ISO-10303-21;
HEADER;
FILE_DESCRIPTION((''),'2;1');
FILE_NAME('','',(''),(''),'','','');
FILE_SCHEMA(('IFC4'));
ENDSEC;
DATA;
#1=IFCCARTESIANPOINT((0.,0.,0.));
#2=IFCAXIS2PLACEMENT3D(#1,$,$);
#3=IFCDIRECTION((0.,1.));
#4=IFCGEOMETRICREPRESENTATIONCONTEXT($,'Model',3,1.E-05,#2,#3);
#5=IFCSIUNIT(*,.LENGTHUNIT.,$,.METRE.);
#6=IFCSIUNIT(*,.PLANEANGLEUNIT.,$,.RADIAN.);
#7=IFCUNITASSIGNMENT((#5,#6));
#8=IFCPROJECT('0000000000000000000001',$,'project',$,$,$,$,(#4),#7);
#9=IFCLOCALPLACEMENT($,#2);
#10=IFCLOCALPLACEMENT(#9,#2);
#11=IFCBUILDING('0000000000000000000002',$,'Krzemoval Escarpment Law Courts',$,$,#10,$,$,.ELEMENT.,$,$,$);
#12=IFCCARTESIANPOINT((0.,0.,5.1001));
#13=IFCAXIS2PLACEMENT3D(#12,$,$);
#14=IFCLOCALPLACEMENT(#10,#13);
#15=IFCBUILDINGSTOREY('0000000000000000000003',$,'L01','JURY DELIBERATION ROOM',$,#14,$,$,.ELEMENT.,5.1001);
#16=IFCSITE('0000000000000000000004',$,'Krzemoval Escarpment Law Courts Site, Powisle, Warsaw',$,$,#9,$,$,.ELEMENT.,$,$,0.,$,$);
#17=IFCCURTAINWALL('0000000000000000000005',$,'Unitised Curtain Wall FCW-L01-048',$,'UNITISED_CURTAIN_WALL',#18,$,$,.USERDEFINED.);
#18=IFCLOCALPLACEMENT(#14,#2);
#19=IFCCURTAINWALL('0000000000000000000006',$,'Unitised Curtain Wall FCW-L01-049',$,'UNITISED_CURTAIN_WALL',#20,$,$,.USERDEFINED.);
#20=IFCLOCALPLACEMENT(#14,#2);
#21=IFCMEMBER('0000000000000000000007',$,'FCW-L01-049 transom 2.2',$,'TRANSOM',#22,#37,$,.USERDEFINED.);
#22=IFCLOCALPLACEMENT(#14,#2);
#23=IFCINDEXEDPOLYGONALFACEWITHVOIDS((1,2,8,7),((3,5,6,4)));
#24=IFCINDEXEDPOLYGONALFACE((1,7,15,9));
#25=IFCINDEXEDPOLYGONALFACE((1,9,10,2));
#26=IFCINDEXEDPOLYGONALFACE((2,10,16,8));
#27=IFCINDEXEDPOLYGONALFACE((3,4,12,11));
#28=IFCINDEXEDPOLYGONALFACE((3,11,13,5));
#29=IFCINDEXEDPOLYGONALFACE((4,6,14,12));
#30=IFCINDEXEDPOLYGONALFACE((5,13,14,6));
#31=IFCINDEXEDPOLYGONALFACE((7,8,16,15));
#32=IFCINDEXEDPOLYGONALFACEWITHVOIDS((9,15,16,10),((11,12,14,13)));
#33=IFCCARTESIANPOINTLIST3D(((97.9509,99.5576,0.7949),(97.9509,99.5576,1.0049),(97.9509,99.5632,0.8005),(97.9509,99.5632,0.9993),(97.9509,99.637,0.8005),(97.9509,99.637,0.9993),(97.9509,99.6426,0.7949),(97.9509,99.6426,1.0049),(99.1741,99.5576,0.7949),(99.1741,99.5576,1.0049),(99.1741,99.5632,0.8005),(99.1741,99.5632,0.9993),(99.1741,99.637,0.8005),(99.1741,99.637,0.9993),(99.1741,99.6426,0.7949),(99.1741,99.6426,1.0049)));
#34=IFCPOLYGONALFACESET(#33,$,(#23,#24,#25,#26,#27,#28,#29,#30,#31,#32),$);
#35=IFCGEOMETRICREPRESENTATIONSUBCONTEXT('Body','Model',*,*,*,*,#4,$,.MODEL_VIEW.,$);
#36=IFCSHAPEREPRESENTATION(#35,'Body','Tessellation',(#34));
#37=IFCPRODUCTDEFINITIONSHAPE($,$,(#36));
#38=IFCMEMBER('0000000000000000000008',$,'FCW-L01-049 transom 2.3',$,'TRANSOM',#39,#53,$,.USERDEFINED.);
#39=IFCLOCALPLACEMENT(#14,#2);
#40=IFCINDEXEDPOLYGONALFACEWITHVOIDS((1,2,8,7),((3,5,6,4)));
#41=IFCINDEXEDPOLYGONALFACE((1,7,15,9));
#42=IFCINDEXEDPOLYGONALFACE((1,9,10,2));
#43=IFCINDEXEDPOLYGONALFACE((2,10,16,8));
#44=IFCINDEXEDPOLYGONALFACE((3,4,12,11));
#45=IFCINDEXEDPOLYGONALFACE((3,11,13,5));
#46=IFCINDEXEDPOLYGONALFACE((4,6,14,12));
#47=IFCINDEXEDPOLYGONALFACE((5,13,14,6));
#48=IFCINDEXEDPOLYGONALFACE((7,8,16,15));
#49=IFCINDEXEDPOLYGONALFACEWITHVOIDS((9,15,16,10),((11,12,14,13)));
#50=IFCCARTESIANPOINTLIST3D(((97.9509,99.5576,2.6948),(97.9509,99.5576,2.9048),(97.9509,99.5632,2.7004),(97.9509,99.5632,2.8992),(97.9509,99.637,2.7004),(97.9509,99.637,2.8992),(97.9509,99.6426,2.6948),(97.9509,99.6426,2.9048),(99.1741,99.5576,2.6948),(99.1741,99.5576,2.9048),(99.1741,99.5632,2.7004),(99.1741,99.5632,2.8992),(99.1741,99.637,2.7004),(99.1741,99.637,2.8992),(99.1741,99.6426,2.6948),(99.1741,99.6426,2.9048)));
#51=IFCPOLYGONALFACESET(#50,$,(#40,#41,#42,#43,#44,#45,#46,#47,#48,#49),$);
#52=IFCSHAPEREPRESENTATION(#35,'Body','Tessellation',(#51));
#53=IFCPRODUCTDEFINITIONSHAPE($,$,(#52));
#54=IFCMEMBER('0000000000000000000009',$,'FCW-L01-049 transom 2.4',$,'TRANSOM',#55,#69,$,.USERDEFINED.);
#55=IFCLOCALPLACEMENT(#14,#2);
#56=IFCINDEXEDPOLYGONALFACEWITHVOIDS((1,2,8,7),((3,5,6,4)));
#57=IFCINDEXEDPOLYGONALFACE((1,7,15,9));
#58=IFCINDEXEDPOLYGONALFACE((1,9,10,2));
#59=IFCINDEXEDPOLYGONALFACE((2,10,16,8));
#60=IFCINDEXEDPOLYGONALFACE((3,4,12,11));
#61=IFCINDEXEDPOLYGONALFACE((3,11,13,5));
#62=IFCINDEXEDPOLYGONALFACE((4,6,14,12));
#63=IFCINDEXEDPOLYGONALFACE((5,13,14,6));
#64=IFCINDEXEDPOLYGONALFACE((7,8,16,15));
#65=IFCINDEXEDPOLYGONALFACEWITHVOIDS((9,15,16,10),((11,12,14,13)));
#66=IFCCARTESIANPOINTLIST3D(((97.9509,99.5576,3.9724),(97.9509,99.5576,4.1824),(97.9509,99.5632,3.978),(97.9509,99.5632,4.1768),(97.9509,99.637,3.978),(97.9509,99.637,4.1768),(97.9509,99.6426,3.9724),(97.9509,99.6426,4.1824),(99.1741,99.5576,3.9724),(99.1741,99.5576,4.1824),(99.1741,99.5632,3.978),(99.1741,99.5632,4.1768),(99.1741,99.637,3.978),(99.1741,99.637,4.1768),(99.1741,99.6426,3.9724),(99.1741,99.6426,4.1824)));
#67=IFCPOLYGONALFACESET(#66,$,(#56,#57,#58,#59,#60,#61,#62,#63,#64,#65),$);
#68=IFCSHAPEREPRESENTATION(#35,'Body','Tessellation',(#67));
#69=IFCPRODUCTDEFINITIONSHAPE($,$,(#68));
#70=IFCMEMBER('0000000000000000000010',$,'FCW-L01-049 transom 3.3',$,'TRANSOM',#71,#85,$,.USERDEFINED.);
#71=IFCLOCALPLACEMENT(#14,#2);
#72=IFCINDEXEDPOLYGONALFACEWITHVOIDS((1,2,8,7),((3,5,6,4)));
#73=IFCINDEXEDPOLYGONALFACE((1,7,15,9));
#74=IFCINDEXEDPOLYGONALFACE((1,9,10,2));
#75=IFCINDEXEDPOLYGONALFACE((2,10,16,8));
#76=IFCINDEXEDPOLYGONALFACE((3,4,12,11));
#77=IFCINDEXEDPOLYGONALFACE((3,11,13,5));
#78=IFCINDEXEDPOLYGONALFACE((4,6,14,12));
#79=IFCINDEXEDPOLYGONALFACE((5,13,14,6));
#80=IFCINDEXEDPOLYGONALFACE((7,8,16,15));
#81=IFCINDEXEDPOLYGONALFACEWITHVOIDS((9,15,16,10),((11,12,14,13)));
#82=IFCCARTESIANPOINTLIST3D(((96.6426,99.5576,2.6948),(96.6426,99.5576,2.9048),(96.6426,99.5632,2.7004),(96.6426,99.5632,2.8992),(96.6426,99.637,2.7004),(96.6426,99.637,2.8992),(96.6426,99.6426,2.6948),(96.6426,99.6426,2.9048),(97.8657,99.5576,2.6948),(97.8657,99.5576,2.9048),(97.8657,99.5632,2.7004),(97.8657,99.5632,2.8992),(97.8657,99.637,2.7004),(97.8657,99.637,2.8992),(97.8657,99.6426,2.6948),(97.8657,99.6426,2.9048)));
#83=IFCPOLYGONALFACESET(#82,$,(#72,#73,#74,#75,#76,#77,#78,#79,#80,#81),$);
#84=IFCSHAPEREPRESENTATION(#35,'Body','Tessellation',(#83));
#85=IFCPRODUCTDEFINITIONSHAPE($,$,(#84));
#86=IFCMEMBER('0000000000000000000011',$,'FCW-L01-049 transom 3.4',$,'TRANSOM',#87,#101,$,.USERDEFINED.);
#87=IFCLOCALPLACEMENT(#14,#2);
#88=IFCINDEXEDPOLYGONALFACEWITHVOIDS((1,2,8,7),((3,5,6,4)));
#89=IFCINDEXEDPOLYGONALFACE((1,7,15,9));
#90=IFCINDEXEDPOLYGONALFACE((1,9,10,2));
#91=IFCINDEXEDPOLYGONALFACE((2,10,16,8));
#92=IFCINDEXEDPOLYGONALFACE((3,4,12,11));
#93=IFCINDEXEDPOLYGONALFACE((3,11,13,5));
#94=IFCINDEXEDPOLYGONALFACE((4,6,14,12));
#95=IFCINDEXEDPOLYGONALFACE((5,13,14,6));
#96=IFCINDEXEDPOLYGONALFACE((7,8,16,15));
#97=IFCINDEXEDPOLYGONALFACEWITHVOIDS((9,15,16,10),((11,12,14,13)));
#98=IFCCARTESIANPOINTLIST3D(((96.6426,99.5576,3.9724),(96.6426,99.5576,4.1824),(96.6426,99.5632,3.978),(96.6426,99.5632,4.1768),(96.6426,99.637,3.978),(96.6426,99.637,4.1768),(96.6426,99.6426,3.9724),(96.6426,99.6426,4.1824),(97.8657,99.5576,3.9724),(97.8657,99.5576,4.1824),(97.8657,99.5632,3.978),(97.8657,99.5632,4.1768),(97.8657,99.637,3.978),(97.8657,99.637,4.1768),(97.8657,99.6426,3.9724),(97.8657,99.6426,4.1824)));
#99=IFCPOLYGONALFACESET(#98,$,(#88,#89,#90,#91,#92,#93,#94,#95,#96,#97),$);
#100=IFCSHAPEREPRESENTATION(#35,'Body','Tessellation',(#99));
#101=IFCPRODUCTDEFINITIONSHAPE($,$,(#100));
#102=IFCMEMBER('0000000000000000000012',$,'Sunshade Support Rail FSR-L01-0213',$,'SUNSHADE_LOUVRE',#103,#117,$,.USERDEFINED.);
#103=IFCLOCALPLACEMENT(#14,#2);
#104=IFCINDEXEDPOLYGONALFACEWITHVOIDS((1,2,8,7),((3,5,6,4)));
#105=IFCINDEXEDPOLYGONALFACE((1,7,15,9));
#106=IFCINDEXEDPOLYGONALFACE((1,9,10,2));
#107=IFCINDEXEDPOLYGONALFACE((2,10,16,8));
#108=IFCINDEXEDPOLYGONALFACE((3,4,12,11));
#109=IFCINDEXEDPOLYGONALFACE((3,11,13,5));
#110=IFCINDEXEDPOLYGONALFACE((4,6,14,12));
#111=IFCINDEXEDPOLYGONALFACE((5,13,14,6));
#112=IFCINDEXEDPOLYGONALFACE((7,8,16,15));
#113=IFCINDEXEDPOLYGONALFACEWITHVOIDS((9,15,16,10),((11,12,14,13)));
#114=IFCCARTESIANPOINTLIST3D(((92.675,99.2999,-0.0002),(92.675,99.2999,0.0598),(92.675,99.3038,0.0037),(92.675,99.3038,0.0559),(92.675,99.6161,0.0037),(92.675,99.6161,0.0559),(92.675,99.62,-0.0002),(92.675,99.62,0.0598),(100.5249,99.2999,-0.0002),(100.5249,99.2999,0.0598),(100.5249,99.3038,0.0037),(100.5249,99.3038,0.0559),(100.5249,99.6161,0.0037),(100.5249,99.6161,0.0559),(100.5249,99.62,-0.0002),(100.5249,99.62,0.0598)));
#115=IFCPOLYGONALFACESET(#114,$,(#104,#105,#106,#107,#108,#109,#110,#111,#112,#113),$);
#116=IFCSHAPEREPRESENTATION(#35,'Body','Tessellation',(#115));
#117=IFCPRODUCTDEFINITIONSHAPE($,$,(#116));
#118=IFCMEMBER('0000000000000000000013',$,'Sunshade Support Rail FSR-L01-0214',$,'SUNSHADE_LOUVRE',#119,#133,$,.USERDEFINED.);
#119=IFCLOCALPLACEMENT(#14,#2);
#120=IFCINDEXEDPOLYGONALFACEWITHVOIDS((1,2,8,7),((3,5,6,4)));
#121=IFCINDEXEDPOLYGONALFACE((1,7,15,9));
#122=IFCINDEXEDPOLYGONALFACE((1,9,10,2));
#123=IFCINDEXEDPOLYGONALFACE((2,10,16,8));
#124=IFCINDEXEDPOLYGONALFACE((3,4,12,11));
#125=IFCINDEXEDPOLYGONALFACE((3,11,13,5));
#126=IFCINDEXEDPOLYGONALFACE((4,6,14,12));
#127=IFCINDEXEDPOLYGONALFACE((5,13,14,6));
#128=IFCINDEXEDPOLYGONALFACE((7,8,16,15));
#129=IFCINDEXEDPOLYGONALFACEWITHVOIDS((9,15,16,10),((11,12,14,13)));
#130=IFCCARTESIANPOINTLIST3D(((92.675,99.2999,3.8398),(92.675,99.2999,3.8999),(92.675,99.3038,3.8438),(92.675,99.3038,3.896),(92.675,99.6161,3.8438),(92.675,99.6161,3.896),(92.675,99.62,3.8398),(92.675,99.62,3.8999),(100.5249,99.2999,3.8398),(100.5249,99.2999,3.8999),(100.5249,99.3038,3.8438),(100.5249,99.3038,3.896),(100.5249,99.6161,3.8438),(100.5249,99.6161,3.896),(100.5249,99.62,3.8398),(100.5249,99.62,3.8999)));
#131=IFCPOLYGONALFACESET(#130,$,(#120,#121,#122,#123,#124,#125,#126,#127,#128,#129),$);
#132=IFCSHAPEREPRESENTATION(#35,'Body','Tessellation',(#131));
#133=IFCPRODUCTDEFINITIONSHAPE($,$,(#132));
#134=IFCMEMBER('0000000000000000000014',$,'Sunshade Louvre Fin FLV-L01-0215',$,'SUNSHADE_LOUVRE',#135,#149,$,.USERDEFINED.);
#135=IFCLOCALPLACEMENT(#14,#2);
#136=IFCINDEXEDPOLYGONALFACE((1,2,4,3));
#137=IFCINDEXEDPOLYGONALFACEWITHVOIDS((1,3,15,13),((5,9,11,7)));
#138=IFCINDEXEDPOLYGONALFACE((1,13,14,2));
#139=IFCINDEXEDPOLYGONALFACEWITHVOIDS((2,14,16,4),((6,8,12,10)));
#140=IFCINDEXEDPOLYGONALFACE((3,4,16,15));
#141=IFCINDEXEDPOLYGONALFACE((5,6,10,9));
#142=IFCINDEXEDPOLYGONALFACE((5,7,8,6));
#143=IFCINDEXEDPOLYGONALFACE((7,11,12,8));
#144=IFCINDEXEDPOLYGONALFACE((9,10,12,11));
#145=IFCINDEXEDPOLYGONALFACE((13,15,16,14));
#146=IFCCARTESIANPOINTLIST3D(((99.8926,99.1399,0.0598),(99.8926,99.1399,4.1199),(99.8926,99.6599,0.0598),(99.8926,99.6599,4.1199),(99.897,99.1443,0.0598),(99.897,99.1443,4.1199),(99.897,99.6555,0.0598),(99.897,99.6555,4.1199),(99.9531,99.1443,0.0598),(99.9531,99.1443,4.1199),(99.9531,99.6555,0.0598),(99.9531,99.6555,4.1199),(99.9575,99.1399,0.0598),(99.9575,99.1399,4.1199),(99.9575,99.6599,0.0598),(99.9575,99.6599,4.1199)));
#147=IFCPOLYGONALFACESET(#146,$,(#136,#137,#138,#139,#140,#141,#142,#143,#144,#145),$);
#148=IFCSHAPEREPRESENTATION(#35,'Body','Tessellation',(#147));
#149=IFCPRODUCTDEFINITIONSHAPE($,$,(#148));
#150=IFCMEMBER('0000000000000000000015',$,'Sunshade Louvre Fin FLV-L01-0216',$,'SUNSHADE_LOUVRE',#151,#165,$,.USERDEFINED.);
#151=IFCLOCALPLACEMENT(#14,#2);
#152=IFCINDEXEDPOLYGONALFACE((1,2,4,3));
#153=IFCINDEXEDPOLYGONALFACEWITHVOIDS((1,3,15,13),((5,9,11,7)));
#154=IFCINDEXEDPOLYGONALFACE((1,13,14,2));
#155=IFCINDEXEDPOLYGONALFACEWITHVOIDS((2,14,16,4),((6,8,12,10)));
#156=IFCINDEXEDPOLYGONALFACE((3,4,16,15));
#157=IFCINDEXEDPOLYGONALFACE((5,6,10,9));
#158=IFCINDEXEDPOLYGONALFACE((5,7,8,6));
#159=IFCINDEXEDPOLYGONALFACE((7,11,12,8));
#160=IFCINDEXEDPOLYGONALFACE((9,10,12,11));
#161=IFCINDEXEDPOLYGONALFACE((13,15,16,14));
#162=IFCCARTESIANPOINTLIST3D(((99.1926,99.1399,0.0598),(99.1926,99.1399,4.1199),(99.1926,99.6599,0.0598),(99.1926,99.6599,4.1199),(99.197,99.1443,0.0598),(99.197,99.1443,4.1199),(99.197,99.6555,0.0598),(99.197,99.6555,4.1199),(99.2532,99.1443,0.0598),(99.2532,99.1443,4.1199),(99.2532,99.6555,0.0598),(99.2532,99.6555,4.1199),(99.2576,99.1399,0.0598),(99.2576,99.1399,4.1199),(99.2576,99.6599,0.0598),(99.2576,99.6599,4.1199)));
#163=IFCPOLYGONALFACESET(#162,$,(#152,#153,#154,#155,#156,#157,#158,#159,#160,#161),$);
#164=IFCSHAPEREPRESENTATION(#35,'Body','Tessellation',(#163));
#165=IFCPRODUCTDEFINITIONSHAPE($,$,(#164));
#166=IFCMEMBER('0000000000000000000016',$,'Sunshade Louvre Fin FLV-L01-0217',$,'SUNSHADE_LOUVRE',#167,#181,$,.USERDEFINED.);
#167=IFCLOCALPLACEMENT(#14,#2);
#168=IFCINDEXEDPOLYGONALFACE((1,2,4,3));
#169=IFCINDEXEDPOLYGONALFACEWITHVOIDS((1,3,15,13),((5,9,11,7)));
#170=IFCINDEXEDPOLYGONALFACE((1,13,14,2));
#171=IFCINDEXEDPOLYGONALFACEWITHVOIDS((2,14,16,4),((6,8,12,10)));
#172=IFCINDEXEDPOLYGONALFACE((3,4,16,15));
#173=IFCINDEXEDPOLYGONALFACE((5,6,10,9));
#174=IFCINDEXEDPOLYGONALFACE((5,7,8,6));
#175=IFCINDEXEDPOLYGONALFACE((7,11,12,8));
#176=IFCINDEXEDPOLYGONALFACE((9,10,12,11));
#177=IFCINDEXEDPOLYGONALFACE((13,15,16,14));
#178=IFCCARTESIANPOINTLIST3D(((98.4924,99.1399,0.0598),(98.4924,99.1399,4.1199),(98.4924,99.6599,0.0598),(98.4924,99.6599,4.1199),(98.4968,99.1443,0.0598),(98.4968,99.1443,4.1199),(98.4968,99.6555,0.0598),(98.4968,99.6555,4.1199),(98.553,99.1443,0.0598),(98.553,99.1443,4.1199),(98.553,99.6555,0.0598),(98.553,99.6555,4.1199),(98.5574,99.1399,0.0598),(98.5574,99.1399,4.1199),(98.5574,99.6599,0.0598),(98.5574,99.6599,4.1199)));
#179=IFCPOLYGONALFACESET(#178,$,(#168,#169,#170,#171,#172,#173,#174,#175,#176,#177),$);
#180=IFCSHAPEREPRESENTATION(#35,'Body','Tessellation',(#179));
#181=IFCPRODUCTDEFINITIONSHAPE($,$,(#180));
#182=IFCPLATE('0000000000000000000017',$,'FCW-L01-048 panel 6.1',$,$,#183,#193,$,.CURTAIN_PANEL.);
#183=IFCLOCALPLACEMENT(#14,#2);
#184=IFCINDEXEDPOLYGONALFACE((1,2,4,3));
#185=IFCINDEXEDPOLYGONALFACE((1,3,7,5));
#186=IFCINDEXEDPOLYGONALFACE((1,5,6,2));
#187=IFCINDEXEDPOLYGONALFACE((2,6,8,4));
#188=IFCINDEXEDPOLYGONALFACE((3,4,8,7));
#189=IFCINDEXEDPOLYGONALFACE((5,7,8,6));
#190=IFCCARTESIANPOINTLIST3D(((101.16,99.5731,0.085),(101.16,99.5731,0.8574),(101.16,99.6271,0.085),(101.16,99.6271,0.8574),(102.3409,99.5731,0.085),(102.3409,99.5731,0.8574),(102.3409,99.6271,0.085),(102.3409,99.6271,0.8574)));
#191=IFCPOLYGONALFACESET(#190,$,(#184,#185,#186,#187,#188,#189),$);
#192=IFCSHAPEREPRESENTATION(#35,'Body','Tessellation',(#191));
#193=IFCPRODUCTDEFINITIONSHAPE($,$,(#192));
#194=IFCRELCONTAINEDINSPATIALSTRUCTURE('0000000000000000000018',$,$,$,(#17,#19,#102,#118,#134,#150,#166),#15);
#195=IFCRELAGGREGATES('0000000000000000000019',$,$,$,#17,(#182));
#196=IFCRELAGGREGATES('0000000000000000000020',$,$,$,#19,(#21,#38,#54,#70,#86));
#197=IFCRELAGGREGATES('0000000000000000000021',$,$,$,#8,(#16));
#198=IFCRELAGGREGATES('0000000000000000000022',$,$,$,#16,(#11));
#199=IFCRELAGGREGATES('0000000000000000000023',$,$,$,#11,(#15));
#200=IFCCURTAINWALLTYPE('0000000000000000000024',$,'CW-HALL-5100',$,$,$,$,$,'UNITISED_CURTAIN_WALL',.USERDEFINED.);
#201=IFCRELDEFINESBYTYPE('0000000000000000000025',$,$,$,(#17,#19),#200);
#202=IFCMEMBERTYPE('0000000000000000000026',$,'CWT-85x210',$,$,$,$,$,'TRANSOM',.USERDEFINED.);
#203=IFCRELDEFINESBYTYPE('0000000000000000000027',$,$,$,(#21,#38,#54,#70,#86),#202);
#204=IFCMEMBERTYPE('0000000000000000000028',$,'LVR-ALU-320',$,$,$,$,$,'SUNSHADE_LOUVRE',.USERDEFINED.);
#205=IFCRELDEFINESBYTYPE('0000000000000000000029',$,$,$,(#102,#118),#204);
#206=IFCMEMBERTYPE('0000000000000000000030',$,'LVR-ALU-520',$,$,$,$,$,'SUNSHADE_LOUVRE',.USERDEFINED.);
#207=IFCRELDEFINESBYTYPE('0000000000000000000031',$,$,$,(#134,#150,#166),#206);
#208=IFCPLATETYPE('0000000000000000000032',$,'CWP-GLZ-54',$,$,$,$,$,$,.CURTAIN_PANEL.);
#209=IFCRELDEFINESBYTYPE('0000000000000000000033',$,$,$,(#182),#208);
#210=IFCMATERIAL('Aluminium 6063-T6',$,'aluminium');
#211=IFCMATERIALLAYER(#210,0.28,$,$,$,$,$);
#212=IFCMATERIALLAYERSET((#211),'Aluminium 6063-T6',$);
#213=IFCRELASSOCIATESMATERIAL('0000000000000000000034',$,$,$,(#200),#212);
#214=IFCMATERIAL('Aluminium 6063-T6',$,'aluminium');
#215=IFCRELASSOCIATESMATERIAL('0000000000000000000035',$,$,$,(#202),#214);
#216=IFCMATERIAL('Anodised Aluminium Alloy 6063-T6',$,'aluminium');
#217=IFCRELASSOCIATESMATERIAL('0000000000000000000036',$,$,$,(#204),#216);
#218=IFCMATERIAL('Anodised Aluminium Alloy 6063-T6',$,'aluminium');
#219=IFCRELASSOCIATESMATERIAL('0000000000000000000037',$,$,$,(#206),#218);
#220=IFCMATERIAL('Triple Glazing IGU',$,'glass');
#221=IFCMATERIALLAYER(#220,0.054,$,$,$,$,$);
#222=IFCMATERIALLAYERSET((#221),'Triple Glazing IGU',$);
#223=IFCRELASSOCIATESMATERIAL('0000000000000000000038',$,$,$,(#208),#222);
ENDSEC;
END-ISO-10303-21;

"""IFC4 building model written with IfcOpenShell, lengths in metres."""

from ifc_helpers import new_model, si_unit, direction, frame, origin, origin_2d, place, context, subcontext, project, spatial, rectangle, hollow_rectangle, extrude, material, layer, layer_set, material_profile, profile_set, type_object, element, aggregate, save


model = new_model("IFC4")

# Units and contexts
model_context = context("Model", 3, precision=1e-05, world=origin(), true_north=direction((0.0, 1.0)))
body_context = subcontext(model_context, "Body", "Model", "MODEL_VIEW")
ifc_project = project(units=[si_unit("LENGTHUNIT", "METRE"), si_unit("PLANEANGLEUNIT", "RADIAN")], contexts=[model_context])

# Site, building, storey
site_placement = place(None, origin())
site = spatial("IfcSite", under=ifc_project, at=site_placement, Name="Krzemoval Escarpment Law Courts Site, Powisle, Warsaw", CompositionType="ELEMENT", RefElevation=0.0)
building_placement = place(site_placement, origin())
building = spatial("IfcBuilding", under=site, at=building_placement, Name="Krzemoval Escarpment Law Courts", CompositionType="ELEMENT")
storey_placement = place(building_placement, frame((0.0, 0.0, 5.1001)))
storey = spatial("IfcBuildingStorey", under=building, at=storey_placement, Name="L01", Description="JURY DELIBERATION ROOM", CompositionType="ELEMENT", Elevation=5.1001)

# Curtain wall
ifc_material_1 = material(Name="Aluminium 6063-T6", Category="aluminium")
ifc_layer_1 = layer(ifc_material_1, 0.28)
ifc_layer_set_1 = layer_set([ifc_layer_1], Name="Aluminium 6063-T6")
curtain_wall_type = type_object("IfcCurtainWallType", Name="CW-HALL-5100", ElementType="UNITISED_CURTAIN_WALL", PredefinedType="USERDEFINED", material=ifc_layer_set_1)
curtain_wall_1_placement = place(storey_placement, origin())
curtain_wall_1 = element("IfcCurtainWall", 1, at=curtain_wall_1_placement, inside=storey, type_object=curtain_wall_type, Name="Unitised Curtain Wall FCW-L01-048", ObjectType="UNITISED_CURTAIN_WALL", PredefinedType="USERDEFINED")

# Curtain wall, members
curtain_wall_2_placement = place(storey_placement, origin())
curtain_wall_2 = element("IfcCurtainWall", 2, at=curtain_wall_2_placement, inside=storey, type_object=curtain_wall_type, Name="Unitised Curtain Wall FCW-L01-049", ObjectType="UNITISED_CURTAIN_WALL", PredefinedType="USERDEFINED")
ifc_material_2 = material(Name="Aluminium 6063-T6", Category="aluminium")
ifc_material_profile_1 = material_profile(ifc_material_2, hollow_rectangle(XDim=0.085, YDim=0.21, WallThickness=0.0056, at=origin_2d()), Name="ALU T85x210")
ifc_profile_set_1 = profile_set([ifc_material_profile_1], Name="Aluminium 6063-T6")
member_type_1 = type_object("IfcMemberType", Name="CWT-85x210", ElementType="TRANSOM", PredefinedType="USERDEFINED", material=ifc_profile_set_1)
member_1_placement = place(storey_placement, frame((99.1741, 99.6001, 0.8999), z_axis=(-1.0, 0.0, 0.0), x_axis=(0.0, -1.0, 0.0)))
member_1 = element("IfcMember", 3, at=member_1_placement, type_object=member_type_1, Name="FCW-L01-049 transom 2.2", ObjectType="TRANSOM", PredefinedType="USERDEFINED", context=body_context, shape_type="SweptSolid", body=[
    extrude(hollow_rectangle(XDim=0.085, YDim=0.21, WallThickness=0.0056, at=origin_2d()), origin(), (0.0, 0.0, 1.0), 1.2231),
])
member_2_placement = place(storey_placement, frame((99.1741, 99.6001, 2.7998), z_axis=(-1.0, 0.0, 0.0), x_axis=(0.0, -1.0, 0.0)))
member_2 = element("IfcMember", 4, at=member_2_placement, type_object=member_type_1, Name="FCW-L01-049 transom 2.3", ObjectType="TRANSOM", PredefinedType="USERDEFINED", context=body_context, shape_type="SweptSolid", body=[
    extrude(hollow_rectangle(XDim=0.085, YDim=0.21, WallThickness=0.0056, at=origin_2d()), origin(), (0.0, 0.0, 1.0), 1.2231),
])
member_3_placement = place(storey_placement, frame((99.1741, 99.6001, 4.0774), z_axis=(-1.0, 0.0, 0.0), x_axis=(0.0, -1.0, 0.0)))
member_3 = element("IfcMember", 5, at=member_3_placement, type_object=member_type_1, Name="FCW-L01-049 transom 2.4", ObjectType="TRANSOM", PredefinedType="USERDEFINED", context=body_context, shape_type="SweptSolid", body=[
    extrude(hollow_rectangle(XDim=0.085, YDim=0.21, WallThickness=0.0056, at=origin_2d()), origin(), (0.0, 0.0, 1.0), 1.2231),
])
member_4_placement = place(storey_placement, frame((97.8657, 99.6001, 2.7998), z_axis=(-1.0, 0.0, 0.0), x_axis=(0.0, -1.0, 0.0)))
member_4 = element("IfcMember", 6, at=member_4_placement, type_object=member_type_1, Name="FCW-L01-049 transom 3.3", ObjectType="TRANSOM", PredefinedType="USERDEFINED", context=body_context, shape_type="SweptSolid", body=[
    extrude(hollow_rectangle(XDim=0.085, YDim=0.21, WallThickness=0.0056, at=origin_2d()), origin(), (0.0, 0.0, 1.0), 1.2231),
])
member_5_placement = place(storey_placement, frame((97.8657, 99.6001, 4.0774), z_axis=(-1.0, 0.0, 0.0), x_axis=(0.0, -1.0, 0.0)))
member_5 = element("IfcMember", 7, at=member_5_placement, type_object=member_type_1, Name="FCW-L01-049 transom 3.4", ObjectType="TRANSOM", PredefinedType="USERDEFINED", context=body_context, shape_type="SweptSolid", body=[
    extrude(hollow_rectangle(XDim=0.085, YDim=0.21, WallThickness=0.0056, at=origin_2d()), origin(), (0.0, 0.0, 1.0), 1.2231),
])

# Members
ifc_material_3 = material(Name="Anodised Aluminium Alloy 6063-T6", Category="aluminium")
ifc_material_profile_2 = material_profile(ifc_material_3, hollow_rectangle(XDim=0.0601, YDim=0.3201, WallThickness=0.0039, at=origin_2d()), Name="ALU LVR 60x320")
ifc_profile_set_2 = profile_set([ifc_material_profile_2], Name="Anodised Aluminium Alloy 6063-T6")
member_type_2 = type_object("IfcMemberType", Name="LVR-ALU-320", ElementType="SUNSHADE_LOUVRE", PredefinedType="USERDEFINED", material=ifc_profile_set_2)
for number, where, z_axis, x_axis, name in (
    (8, (100.5249, 99.46, 0.0298), (-1.0, 0.0, 0.0), (0.0, 0.0, 1.0), "Sunshade Support Rail FSR-L01-0213"),
    (9, (100.5249, 99.46, 3.8699), (-1.0, 0.0, 0.0), (0.0, 0.0, 1.0), "Sunshade Support Rail FSR-L01-0214"),
):
    element("IfcMember", number, at=place(storey_placement, frame(where, z_axis=z_axis, x_axis=x_axis)), inside=storey, type_object=member_type_2, Name=name, ObjectType="SUNSHADE_LOUVRE", PredefinedType="USERDEFINED", context=body_context, shape_type="SweptSolid", body=[
        extrude(hollow_rectangle(XDim=0.0601, YDim=0.3201, WallThickness=0.0039, at=origin_2d()), origin(), (0.0, 0.0, 1.0), 7.8499),
    ])
ifc_material_4 = material(Name="Anodised Aluminium Alloy 6063-T6", Category="aluminium")
ifc_material_profile_3 = material_profile(ifc_material_4, hollow_rectangle(XDim=0.0649, YDim=0.52, WallThickness=0.0044, at=origin_2d()), Name="ALU LVR 65x520")
ifc_profile_set_3 = profile_set([ifc_material_profile_3], Name="Anodised Aluminium Alloy 6063-T6")
member_type_3 = type_object("IfcMemberType", Name="LVR-ALU-520", ElementType="SUNSHADE_LOUVRE", PredefinedType="USERDEFINED", material=ifc_profile_set_3)
for number, where, z_axis, x_axis, name in (
    (10, (99.925, 99.3999, 0.0598), (0.0, 0.0, 1.0), (1.0, 0.0, 0.0), "Sunshade Louvre Fin FLV-L01-0215"),
    (11, (99.2251, 99.3999, 0.0598), (0.0, 0.0, 1.0), (1.0, 0.0, 0.0), "Sunshade Louvre Fin FLV-L01-0216"),
    (12, (98.5249, 99.3999, 0.0598), (0.0, 0.0, 1.0), (1.0, 0.0, 0.0), "Sunshade Louvre Fin FLV-L01-0217"),
):
    element("IfcMember", number, at=place(storey_placement, frame(where, z_axis=z_axis, x_axis=x_axis)), inside=storey, type_object=member_type_3, Name=name, ObjectType="SUNSHADE_LOUVRE", PredefinedType="USERDEFINED", context=body_context, shape_type="SweptSolid", body=[
        extrude(hollow_rectangle(XDim=0.0649, YDim=0.52, WallThickness=0.0044, at=origin_2d()), origin(), (0.0, 0.0, 1.0), 4.0601),
    ])

# Plate
ifc_material_5 = material(Name="Triple Glazing IGU", Category="glass")
ifc_layer_2 = layer(ifc_material_5, 0.054)
ifc_layer_set_2 = layer_set([ifc_layer_2], Name="Triple Glazing IGU")
plate_type = type_object("IfcPlateType", Name="CWP-GLZ-54", PredefinedType="CURTAIN_PANEL", material=ifc_layer_set_2)
plate_1_placement = place(storey_placement, frame((101.7505, 99.6001, 0.085), z_axis=(0.0, 0.0, 1.0), x_axis=(-1.0, 0.0, 0.0)))
plate_1 = element("IfcPlate", 13, at=plate_1_placement, type_object=plate_type, Name="FCW-L01-048 panel 6.1", PredefinedType="CURTAIN_PANEL", context=body_context, shape_type="SweptSolid", body=[
    extrude(rectangle(XDim=1.1809, YDim=0.054, at=origin_2d()), origin(), (0.0, 0.0, 1.0), 0.7725),
])
aggregate(curtain_wall_1, [plate_1])
aggregate(curtain_wall_2, [member_1, member_2, member_3, member_4, member_5])

save(model, "model.ifc")
